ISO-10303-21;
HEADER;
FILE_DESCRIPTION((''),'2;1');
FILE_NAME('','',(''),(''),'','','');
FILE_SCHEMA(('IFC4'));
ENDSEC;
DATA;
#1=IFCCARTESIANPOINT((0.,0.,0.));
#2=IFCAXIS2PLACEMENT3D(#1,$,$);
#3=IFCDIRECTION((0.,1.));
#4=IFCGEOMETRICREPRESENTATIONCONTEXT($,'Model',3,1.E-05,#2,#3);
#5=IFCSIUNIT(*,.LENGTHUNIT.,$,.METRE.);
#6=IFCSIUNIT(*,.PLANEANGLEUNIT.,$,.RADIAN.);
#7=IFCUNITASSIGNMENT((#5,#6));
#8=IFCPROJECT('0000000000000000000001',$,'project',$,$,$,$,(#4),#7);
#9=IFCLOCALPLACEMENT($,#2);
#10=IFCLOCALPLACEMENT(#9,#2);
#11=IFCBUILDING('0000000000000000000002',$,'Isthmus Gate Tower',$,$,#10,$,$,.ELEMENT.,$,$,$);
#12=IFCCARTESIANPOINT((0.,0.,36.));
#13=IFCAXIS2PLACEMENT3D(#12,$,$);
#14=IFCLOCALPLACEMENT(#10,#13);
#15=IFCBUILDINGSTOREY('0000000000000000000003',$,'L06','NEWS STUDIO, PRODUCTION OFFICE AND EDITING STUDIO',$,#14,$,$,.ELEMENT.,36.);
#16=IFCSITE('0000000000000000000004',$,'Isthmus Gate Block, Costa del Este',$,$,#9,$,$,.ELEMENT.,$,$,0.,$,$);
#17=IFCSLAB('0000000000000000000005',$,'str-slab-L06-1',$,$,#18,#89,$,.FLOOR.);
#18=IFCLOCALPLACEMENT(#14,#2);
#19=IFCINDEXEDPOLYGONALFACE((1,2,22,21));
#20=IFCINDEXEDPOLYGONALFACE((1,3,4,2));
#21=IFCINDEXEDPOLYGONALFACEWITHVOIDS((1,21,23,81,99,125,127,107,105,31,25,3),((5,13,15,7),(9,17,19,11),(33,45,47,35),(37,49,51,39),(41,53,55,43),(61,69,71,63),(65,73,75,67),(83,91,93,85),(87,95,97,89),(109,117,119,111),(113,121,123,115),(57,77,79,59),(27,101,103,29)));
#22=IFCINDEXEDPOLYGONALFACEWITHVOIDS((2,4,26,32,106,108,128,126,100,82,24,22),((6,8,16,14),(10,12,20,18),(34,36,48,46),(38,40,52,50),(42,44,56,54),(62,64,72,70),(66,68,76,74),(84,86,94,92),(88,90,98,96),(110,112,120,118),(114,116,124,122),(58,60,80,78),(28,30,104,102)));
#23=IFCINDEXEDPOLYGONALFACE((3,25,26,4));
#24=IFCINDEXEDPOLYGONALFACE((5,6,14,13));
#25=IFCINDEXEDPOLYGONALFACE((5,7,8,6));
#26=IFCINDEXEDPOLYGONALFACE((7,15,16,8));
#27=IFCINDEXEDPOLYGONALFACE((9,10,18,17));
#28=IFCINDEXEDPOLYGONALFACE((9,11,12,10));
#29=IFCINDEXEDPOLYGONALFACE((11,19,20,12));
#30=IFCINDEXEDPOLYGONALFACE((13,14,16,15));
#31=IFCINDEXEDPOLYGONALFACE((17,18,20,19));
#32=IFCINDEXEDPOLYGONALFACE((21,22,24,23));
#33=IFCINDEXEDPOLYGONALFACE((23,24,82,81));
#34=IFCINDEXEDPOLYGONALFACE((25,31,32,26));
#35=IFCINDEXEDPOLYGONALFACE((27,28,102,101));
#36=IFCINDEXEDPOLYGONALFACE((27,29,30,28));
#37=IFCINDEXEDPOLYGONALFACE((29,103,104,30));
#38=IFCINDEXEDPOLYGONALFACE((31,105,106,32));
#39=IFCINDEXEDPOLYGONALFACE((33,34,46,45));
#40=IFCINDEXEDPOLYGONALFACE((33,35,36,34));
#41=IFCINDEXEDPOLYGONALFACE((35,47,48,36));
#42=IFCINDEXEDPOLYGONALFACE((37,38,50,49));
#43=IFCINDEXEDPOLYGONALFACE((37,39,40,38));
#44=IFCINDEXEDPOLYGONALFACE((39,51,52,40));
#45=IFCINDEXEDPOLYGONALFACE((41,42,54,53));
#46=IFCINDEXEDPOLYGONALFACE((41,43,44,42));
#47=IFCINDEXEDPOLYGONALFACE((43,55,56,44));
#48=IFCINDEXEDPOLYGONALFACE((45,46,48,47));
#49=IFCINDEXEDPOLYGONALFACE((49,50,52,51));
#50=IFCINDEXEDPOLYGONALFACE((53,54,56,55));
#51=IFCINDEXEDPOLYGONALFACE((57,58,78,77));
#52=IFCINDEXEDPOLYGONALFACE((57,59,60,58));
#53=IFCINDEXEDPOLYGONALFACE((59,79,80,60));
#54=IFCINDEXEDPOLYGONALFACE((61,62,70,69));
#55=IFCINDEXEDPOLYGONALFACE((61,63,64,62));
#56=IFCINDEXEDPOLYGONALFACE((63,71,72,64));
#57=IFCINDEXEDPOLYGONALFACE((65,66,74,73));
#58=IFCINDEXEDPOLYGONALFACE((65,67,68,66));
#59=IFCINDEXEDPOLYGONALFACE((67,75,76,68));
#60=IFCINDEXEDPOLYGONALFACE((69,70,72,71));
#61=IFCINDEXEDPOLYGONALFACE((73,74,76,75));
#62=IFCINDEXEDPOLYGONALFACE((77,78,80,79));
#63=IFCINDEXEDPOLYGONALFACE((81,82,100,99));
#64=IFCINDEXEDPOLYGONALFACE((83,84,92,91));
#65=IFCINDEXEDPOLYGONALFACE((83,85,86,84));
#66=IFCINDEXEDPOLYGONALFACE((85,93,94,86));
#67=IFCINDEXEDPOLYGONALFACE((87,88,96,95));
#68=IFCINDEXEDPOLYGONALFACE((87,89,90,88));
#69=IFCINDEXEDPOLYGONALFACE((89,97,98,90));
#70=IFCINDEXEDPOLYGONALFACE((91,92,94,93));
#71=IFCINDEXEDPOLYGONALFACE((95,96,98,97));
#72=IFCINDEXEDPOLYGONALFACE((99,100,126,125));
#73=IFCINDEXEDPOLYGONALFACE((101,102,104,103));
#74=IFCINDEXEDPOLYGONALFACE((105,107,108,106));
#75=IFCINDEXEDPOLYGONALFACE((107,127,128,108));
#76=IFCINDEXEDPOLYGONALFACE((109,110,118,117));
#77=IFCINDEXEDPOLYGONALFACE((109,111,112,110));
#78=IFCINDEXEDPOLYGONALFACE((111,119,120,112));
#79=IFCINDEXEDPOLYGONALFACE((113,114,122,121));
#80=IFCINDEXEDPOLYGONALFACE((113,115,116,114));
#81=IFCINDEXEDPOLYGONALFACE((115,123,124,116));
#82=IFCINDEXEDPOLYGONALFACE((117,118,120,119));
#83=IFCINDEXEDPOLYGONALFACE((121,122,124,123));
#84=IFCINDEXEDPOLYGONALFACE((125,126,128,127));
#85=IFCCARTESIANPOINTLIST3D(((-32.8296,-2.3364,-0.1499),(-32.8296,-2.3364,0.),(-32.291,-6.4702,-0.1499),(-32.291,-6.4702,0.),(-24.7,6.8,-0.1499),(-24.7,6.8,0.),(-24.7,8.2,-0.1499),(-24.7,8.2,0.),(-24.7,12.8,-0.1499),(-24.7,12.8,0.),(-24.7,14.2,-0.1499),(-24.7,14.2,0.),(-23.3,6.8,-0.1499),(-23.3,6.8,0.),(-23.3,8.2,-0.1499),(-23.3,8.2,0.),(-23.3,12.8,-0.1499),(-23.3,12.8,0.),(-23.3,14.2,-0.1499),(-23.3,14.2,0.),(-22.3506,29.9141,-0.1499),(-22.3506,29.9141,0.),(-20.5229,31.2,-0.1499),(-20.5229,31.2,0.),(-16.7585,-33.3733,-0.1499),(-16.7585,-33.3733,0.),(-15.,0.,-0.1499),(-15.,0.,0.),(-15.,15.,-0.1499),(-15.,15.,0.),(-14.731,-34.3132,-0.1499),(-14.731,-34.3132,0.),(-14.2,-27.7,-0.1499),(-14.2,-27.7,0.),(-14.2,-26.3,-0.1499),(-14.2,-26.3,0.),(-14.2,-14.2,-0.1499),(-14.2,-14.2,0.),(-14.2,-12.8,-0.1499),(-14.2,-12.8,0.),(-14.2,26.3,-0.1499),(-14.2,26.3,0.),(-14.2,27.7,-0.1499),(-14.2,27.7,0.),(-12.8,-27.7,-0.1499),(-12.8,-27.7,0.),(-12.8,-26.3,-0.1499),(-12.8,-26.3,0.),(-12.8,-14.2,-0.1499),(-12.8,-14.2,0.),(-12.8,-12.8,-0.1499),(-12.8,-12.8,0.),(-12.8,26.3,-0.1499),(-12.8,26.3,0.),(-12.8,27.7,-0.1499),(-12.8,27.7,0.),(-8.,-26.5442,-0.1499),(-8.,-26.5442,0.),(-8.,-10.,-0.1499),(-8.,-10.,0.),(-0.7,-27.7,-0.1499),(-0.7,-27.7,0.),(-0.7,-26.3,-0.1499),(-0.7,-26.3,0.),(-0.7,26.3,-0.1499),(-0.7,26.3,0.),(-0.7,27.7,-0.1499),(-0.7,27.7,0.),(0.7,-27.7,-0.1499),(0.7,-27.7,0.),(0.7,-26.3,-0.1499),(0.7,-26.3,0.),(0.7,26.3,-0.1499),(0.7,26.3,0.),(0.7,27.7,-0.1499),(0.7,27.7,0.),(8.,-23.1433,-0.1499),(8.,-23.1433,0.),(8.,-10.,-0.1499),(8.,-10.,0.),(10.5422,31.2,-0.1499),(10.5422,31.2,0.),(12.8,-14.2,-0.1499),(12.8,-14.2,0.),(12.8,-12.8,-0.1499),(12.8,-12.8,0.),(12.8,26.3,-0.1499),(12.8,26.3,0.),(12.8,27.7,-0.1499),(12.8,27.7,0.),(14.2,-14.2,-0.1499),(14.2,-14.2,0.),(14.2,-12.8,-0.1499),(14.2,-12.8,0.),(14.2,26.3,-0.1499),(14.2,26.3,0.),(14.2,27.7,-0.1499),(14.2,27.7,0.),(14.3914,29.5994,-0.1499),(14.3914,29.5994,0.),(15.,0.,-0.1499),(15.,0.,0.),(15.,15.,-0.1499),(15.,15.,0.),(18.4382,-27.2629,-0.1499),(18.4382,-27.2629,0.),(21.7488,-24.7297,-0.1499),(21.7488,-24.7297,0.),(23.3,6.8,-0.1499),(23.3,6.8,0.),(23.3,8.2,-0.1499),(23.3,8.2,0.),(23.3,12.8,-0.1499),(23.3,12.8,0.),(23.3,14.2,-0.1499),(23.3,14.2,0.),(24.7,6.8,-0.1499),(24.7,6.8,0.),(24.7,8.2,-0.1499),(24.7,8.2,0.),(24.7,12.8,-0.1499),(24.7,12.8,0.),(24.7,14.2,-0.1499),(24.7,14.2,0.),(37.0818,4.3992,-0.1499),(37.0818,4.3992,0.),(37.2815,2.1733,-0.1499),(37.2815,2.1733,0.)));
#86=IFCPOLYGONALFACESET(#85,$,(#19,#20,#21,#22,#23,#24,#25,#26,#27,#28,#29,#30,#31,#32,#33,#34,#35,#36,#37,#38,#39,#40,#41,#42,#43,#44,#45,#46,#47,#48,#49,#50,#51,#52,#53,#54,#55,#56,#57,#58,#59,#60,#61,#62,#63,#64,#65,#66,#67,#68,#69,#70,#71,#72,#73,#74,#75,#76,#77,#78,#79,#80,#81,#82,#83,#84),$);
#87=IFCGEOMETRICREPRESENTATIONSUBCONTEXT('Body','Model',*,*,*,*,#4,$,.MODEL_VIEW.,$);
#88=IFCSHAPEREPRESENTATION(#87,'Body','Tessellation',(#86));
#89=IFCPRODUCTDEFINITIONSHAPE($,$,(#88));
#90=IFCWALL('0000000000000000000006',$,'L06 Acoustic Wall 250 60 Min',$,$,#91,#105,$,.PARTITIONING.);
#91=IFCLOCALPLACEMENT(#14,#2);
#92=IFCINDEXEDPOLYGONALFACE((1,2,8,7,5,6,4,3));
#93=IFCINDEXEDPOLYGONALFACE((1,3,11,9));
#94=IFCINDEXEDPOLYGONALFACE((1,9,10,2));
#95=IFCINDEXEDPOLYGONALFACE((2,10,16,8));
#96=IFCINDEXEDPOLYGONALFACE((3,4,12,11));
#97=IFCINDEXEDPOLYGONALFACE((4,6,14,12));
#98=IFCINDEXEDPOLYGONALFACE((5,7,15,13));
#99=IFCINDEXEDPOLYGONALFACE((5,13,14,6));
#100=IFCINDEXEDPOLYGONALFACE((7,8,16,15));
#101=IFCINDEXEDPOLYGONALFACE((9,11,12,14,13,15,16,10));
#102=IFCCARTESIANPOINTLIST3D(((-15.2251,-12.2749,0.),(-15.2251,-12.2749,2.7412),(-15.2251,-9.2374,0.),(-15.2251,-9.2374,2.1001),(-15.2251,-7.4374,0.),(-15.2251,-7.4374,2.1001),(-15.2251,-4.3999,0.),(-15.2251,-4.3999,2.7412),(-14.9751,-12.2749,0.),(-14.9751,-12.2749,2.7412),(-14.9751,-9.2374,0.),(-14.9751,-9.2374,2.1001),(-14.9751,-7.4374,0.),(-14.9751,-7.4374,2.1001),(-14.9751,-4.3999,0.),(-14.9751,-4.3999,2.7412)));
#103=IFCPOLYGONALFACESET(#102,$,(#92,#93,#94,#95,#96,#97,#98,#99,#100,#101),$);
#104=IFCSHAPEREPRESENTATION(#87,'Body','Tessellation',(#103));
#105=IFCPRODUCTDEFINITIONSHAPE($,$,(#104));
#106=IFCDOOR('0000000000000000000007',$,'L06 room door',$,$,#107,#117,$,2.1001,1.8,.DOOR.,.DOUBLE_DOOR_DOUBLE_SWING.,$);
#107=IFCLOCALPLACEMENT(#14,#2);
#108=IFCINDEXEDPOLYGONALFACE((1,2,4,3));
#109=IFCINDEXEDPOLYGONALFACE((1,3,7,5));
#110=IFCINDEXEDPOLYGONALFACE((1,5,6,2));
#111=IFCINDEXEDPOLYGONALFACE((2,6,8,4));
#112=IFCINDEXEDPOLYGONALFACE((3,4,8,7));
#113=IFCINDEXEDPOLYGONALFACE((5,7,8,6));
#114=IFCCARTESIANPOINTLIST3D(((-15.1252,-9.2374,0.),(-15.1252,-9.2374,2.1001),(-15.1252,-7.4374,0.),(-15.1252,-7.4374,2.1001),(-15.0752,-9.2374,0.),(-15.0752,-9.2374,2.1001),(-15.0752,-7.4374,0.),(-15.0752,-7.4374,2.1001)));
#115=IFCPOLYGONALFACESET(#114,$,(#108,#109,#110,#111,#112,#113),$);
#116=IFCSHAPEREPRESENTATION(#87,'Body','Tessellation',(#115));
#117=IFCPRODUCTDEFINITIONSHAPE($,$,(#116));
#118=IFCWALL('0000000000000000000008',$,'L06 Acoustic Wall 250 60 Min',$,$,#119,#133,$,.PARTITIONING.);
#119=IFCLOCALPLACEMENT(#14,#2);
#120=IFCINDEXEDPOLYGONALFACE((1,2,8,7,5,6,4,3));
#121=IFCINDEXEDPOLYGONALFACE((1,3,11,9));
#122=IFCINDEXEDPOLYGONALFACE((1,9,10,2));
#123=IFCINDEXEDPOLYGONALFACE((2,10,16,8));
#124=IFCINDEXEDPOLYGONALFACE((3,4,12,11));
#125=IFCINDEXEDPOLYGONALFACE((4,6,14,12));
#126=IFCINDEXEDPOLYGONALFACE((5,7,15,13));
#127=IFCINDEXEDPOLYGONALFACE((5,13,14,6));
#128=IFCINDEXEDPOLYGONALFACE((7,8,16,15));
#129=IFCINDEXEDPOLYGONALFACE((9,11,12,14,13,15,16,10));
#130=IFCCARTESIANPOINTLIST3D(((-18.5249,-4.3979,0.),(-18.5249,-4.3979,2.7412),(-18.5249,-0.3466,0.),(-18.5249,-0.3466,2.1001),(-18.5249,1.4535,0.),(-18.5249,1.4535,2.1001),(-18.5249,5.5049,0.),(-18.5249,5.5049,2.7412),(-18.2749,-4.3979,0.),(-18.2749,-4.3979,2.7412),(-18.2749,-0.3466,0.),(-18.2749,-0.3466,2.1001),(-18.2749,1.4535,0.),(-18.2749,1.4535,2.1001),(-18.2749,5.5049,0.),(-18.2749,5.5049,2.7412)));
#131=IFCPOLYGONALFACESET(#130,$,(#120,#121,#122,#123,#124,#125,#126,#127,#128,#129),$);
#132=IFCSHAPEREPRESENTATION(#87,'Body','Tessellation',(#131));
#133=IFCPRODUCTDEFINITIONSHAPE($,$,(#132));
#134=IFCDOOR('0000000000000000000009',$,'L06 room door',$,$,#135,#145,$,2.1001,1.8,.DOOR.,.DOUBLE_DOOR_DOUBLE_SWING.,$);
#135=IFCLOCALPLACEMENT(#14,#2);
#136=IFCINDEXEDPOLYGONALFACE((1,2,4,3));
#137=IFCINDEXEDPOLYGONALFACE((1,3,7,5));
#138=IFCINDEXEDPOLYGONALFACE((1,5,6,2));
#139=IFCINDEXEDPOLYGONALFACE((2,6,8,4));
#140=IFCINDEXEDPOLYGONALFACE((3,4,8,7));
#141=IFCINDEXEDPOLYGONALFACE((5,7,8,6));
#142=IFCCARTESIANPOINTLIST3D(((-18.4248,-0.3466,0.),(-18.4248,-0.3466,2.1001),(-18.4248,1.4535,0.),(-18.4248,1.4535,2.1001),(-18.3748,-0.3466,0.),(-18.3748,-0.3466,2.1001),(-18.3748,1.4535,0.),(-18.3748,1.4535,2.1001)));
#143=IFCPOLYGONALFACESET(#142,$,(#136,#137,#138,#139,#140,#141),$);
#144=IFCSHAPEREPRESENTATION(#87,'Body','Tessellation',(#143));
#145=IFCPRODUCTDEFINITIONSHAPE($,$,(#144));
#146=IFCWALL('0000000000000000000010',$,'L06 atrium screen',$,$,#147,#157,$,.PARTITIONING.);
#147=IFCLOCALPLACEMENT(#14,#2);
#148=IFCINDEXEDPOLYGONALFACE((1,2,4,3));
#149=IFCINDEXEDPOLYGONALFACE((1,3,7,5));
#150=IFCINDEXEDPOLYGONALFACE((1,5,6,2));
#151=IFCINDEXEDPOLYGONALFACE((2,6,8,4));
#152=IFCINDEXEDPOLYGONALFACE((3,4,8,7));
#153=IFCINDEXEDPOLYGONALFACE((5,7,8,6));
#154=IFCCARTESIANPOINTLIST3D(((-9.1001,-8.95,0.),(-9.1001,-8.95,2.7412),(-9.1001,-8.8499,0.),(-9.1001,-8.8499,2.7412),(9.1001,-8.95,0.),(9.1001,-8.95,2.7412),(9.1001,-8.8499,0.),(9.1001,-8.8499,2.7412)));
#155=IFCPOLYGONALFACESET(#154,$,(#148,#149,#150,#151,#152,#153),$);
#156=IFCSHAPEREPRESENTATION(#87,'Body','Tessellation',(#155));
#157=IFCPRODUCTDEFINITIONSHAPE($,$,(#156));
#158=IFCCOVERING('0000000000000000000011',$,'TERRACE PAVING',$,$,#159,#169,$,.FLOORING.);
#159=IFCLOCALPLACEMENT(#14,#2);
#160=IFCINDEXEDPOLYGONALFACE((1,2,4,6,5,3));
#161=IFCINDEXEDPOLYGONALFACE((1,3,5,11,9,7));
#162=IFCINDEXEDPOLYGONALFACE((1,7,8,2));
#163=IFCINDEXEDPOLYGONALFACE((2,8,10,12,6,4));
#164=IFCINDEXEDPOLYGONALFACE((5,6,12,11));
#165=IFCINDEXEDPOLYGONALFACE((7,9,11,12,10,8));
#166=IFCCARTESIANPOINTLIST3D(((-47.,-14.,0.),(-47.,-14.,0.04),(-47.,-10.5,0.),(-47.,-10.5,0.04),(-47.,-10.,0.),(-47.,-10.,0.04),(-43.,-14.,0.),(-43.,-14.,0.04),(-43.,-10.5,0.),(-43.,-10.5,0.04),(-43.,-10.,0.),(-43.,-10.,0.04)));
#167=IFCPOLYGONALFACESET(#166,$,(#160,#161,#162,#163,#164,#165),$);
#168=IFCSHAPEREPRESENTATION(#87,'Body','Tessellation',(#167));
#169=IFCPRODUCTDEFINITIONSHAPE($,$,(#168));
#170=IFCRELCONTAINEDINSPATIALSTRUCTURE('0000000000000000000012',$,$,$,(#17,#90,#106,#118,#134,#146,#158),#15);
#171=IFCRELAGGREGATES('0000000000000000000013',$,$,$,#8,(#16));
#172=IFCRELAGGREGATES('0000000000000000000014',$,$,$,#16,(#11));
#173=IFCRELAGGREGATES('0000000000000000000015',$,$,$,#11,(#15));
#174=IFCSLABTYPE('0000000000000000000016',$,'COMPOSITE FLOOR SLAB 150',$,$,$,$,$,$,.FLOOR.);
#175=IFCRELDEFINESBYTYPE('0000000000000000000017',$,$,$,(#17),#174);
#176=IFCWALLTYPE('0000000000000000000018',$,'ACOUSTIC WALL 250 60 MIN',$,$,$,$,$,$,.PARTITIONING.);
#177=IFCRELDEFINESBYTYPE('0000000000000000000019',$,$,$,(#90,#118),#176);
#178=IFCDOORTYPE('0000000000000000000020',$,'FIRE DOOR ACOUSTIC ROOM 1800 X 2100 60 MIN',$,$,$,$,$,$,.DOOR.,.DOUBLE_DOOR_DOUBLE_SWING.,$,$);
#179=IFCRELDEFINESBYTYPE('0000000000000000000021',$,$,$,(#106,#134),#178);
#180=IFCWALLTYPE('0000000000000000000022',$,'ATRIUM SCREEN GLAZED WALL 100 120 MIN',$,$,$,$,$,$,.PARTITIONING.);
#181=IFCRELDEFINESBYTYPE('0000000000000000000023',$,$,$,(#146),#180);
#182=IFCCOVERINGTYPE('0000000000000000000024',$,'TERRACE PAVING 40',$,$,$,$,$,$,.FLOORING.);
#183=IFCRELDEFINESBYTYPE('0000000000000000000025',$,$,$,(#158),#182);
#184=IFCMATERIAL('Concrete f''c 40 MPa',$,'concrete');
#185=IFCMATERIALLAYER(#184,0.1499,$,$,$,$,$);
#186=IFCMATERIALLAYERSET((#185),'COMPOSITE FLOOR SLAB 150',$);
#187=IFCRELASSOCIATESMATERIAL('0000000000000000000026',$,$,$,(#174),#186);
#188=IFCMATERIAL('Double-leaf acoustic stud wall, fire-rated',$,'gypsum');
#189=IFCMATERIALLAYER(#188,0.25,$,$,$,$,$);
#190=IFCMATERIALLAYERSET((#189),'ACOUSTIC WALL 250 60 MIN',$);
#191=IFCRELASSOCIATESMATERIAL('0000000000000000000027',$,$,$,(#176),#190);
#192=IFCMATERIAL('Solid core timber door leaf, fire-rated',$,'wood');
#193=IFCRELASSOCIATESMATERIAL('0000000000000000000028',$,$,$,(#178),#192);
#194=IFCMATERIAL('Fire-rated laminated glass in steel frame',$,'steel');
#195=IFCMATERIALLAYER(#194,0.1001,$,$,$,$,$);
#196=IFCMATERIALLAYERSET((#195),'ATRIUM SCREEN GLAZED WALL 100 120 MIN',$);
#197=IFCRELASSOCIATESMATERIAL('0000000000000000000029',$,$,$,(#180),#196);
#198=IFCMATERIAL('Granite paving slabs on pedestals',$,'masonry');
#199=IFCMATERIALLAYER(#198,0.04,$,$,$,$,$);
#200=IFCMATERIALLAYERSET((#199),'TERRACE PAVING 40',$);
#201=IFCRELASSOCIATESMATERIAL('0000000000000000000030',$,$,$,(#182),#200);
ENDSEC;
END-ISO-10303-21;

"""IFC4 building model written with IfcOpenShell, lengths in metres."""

from ifc_helpers import new_model, si_unit, direction, frame, frame_2d, origin, place, context, subcontext, project, spatial, polyline, rectangle, outline, extrude, material, layer, layer_set, type_object, element, fill, save


model = new_model("IFC4")

# Units and contexts
model_context = context("Model", 3, precision=1e-05, world=origin(), true_north=direction((0.0, 1.0)))
body_context = subcontext(model_context, "Body", "Model", "MODEL_VIEW")
ifc_project = project(units=[si_unit("LENGTHUNIT", "METRE"), si_unit("PLANEANGLEUNIT", "RADIAN")], contexts=[model_context])

# Site, building, storey
site_placement = place(None, origin())
site = spatial("IfcSite", under=ifc_project, at=site_placement, Name="Isthmus Gate Block, Costa del Este", CompositionType="ELEMENT", RefElevation=0.0)
building_placement = place(site_placement, origin())
building = spatial("IfcBuilding", under=site, at=building_placement, Name="Isthmus Gate Tower", CompositionType="ELEMENT")
storey_placement = place(building_placement, frame((0.0, 0.0, 36.0)))
storey = spatial("IfcBuildingStorey", under=building, at=storey_placement, Name="L06", Description="NEWS STUDIO, PRODUCTION OFFICE AND EDITING STUDIO", CompositionType="ELEMENT", Elevation=36.0)

# Slab
ifc_material_1 = material(Name="Concrete f'c 40 MPa", Category="concrete")
ifc_layer_1 = layer(ifc_material_1, 0.1499)
ifc_layer_set_1 = layer_set([ifc_layer_1], Name="COMPOSITE FLOOR SLAB 150")
slab_type_1 = type_object("IfcSlabType", Name="COMPOSITE FLOOR SLAB 150", PredefinedType="FLOOR", material=ifc_layer_set_1)
slab_1_placement = place(storey_placement, frame((0.0, 0.0, -0.1499)))
element("IfcSlab", 1, at=slab_1_placement, inside=storey, type_object=slab_type_1, Name="str-slab-L06-1", PredefinedType="FLOOR", context=body_context, shape_type="SweptSolid", body=[
    extrude(outline(polyline([(14.3914, 29.5994), (37.0818, 4.3992), (37.2815, 2.1733), (21.7488, -24.7297), (18.4382, -27.2629), (-14.731, -34.3132), (-16.7585, -33.3733), (-32.291, -6.4702), (-32.8296, -2.3364), (-22.3506, 29.9141), (-20.5229, 31.2), (10.5422, 31.2), (14.3914, 29.5994)]), holes=[polyline([(-14.2, -26.3), (-14.2, -27.7), (-12.8, -27.7), (-12.8, -26.3), (-14.2, -26.3)]), polyline([(-0.7, -26.3), (-0.7, -27.7), (0.7, -27.7), (0.7, -26.3), (-0.7, -26.3)]), polyline([(8.0, -23.1433), (8.0, -10.0), (-8.0, -10.0), (-8.0, -26.5442), (8.0, -23.1433)]), polyline([(-14.2, -12.8), (-14.2, -14.2), (-12.8, -14.2), (-12.8, -12.8), (-14.2, -12.8)]), polyline([(-23.3, 8.2), (-24.7, 8.2), (-24.7, 6.8), (-23.3, 6.8), (-23.3, 8.2)]), polyline([(-23.3, 14.2), (-24.7, 14.2), (-24.7, 12.8), (-23.3, 12.8), (-23.3, 14.2)]), polyline([(-14.2, 27.7), (-14.2, 26.3), (-12.8, 26.3), (-12.8, 27.7), (-14.2, 27.7)]), polyline([(14.2, -12.8), (12.8, -12.8), (12.8, -14.2), (14.2, -14.2), (14.2, -12.8)]), polyline([(15.0, 15.0), (-15.0, 15.0), (-15.0, 0.0), (15.0, 0.0), (15.0, 15.0)]), polyline([(24.7, 8.2), (23.3, 8.2), (23.3, 6.8), (24.7, 6.8), (24.7, 8.2)]), polyline([(23.3, 14.2), (23.3, 12.8), (24.7, 12.8), (24.7, 14.2), (23.3, 14.2)]), polyline([(0.7, 27.7), (-0.7, 27.7), (-0.7, 26.3), (0.7, 26.3), (0.7, 27.7)]), polyline([(14.2, 26.3), (14.2, 27.7), (12.8, 27.7), (12.8, 26.3), (14.2, 26.3)])]), origin(), (0.0, 0.0, 1.0), 0.1499),
])

# Walls, openings, doors
ifc_material_2 = material(Name="Double-leaf acoustic stud wall, fire-rated", Category="gypsum")
ifc_layer_2 = layer(ifc_material_2, 0.25)
ifc_layer_set_2 = layer_set([ifc_layer_2], Name="ACOUSTIC WALL 250 60 MIN")
wall_type_1 = type_object("IfcWallType", Name="ACOUSTIC WALL 250 60 MIN", PredefinedType="PARTITIONING", material=ifc_layer_set_2)
wall_1_placement = place(storey_placement, frame((-15.1001, -4.3999, 0.0), z_axis=(0.0, 0.0, 1.0), x_axis=(0.0, -1.0, 0.0)))
wall_1 = element("IfcWall", 2, at=wall_1_placement, inside=storey, type_object=wall_type_1, Name="L06 Acoustic Wall 250 60 Min", PredefinedType="PARTITIONING", context=body_context, shape_type="SweptSolid", body=[
    extrude(rectangle(XDim=7.875, YDim=0.25, at=frame_2d((3.9375, 0.0))), origin(), (0.0, 0.0, 1.0), 2.7412),
])
opening_1_placement = place(wall_1_placement, frame((3.0376, 0.0, 0.0)))
opening_1 = element("IfcOpeningElement", 3, at=opening_1_placement, cuts=wall_1, PredefinedType="OPENING", context=body_context, shape_type="SweptSolid", body=[
    extrude(rectangle(XDim=1.8, YDim=2.1001, at=frame_2d((0.8999, 1.05))), frame((0.0, 0.135, 0.0), z_axis=(0.0, -1.0, 0.0), x_axis=(1.0, 0.0, 0.0)), (0.0, 0.0, 1.0), 0.27),
])
ifc_material_3 = material(Name="Solid core timber door leaf, fire-rated", Category="wood")
door_type = type_object("IfcDoorType", Name="FIRE DOOR ACOUSTIC ROOM 1800 X 2100 60 MIN", OperationType="DOUBLE_DOOR_DOUBLE_SWING", PredefinedType="DOOR", material=ifc_material_3)
door_1_placement = place(opening_1_placement, origin())
door_1 = element("IfcDoor", 4, at=door_1_placement, inside=storey, type_object=door_type, Name="L06 room door", OperationType="DOUBLE_DOOR_DOUBLE_SWING", OverallHeight=2.1001, OverallWidth=1.8, PredefinedType="DOOR", context=body_context, shape_type="SweptSolid", body=[
    extrude(rectangle(XDim=1.8, YDim=2.1001, at=frame_2d((0.8999, 1.05))), frame((0.0, 0.0249, 0.0), z_axis=(0.0, -1.0, 0.0), x_axis=(1.0, 0.0, 0.0)), (0.0, 0.0, 1.0), 0.05),
])
fill(opening_1, door_1)
wall_2_placement = place(storey_placement, frame((-18.3999, -4.3979, 0.0), z_axis=(0.0, 0.0, 1.0), x_axis=(0.0, 1.0, 0.0)))
wall_2 = element("IfcWall", 5, at=wall_2_placement, inside=storey, type_object=wall_type_1, Name="L06 Acoustic Wall 250 60 Min", PredefinedType="PARTITIONING", context=body_context, shape_type="SweptSolid", body=[
    extrude(rectangle(XDim=9.9028, YDim=0.25, at=frame_2d((4.9514, 0.0))), origin(), (0.0, 0.0, 1.0), 2.7412),
])
opening_2_placement = place(wall_2_placement, frame((4.0515, 0.0, 0.0)))
opening_2 = element("IfcOpeningElement", 6, at=opening_2_placement, cuts=wall_2, PredefinedType="OPENING", context=body_context, shape_type="SweptSolid", body=[
    extrude(rectangle(XDim=1.8, YDim=2.1001, at=frame_2d((0.8999, 1.05))), frame((0.0, 0.135, 0.0), z_axis=(0.0, -1.0, 0.0), x_axis=(1.0, 0.0, 0.0)), (0.0, 0.0, 1.0), 0.27),
])
door_2_placement = place(opening_2_placement, origin())
door_2 = element("IfcDoor", 7, at=door_2_placement, inside=storey, type_object=door_type, Name="L06 room door", OperationType="DOUBLE_DOOR_DOUBLE_SWING", OverallHeight=2.1001, OverallWidth=1.8, PredefinedType="DOOR", context=body_context, shape_type="SweptSolid", body=[
    extrude(rectangle(XDim=1.8, YDim=2.1001, at=frame_2d((0.8999, 1.05))), frame((0.0, 0.0249, 0.0), z_axis=(0.0, -1.0, 0.0), x_axis=(1.0, 0.0, 0.0)), (0.0, 0.0, 1.0), 0.05),
])
fill(opening_2, door_2)

# Wall
ifc_material_4 = material(Name="Fire-rated laminated glass in steel frame", Category="steel")
ifc_layer_3 = layer(ifc_material_4, 0.1001)
ifc_layer_set_3 = layer_set([ifc_layer_3], Name="ATRIUM SCREEN GLAZED WALL 100 120 MIN")
wall_type_2 = type_object("IfcWallType", Name="ATRIUM SCREEN GLAZED WALL 100 120 MIN", PredefinedType="PARTITIONING", material=ifc_layer_set_3)
wall_3_placement = place(storey_placement, frame((-9.1001, -8.8999, 0.0), z_axis=(0.0, 0.0, 1.0), x_axis=(1.0, 0.0, 0.0)))
element("IfcWall", 8, at=wall_3_placement, inside=storey, type_object=wall_type_2, Name="L06 atrium screen", PredefinedType="PARTITIONING", context=body_context, shape_type="SweptSolid", body=[
    extrude(rectangle(XDim=18.2002, YDim=0.1001, at=frame_2d((9.1001, 0.0))), origin(), (0.0, 0.0, 1.0), 2.7412),
])

# Covering
ifc_material_5 = material(Name="Granite paving slabs on pedestals", Category="masonry")
ifc_layer_4 = layer(ifc_material_5, 0.04)
ifc_layer_set_4 = layer_set([ifc_layer_4], Name="TERRACE PAVING 40")
covering_type = type_object("IfcCoveringType", Name="TERRACE PAVING 40", PredefinedType="FLOORING", material=ifc_layer_set_4)
covering_1_placement = place(storey_placement, origin())
element("IfcCovering", 9, at=covering_1_placement, inside=storey, type_object=covering_type, Name="TERRACE PAVING", PredefinedType="FLOORING", context=body_context, shape_type="SweptSolid", body=[
    extrude(outline(polyline([(-43.0, -14.0), (-47.0, -14.0), (-47.0, -10.5), (-47.0, -10.0), (-43.0, -10.0), (-43.0, -10.5), (-43.0, -14.0)])), origin(), (0.0, 0.0, 1.0), 0.04),
])

save(model, "model.ifc")
